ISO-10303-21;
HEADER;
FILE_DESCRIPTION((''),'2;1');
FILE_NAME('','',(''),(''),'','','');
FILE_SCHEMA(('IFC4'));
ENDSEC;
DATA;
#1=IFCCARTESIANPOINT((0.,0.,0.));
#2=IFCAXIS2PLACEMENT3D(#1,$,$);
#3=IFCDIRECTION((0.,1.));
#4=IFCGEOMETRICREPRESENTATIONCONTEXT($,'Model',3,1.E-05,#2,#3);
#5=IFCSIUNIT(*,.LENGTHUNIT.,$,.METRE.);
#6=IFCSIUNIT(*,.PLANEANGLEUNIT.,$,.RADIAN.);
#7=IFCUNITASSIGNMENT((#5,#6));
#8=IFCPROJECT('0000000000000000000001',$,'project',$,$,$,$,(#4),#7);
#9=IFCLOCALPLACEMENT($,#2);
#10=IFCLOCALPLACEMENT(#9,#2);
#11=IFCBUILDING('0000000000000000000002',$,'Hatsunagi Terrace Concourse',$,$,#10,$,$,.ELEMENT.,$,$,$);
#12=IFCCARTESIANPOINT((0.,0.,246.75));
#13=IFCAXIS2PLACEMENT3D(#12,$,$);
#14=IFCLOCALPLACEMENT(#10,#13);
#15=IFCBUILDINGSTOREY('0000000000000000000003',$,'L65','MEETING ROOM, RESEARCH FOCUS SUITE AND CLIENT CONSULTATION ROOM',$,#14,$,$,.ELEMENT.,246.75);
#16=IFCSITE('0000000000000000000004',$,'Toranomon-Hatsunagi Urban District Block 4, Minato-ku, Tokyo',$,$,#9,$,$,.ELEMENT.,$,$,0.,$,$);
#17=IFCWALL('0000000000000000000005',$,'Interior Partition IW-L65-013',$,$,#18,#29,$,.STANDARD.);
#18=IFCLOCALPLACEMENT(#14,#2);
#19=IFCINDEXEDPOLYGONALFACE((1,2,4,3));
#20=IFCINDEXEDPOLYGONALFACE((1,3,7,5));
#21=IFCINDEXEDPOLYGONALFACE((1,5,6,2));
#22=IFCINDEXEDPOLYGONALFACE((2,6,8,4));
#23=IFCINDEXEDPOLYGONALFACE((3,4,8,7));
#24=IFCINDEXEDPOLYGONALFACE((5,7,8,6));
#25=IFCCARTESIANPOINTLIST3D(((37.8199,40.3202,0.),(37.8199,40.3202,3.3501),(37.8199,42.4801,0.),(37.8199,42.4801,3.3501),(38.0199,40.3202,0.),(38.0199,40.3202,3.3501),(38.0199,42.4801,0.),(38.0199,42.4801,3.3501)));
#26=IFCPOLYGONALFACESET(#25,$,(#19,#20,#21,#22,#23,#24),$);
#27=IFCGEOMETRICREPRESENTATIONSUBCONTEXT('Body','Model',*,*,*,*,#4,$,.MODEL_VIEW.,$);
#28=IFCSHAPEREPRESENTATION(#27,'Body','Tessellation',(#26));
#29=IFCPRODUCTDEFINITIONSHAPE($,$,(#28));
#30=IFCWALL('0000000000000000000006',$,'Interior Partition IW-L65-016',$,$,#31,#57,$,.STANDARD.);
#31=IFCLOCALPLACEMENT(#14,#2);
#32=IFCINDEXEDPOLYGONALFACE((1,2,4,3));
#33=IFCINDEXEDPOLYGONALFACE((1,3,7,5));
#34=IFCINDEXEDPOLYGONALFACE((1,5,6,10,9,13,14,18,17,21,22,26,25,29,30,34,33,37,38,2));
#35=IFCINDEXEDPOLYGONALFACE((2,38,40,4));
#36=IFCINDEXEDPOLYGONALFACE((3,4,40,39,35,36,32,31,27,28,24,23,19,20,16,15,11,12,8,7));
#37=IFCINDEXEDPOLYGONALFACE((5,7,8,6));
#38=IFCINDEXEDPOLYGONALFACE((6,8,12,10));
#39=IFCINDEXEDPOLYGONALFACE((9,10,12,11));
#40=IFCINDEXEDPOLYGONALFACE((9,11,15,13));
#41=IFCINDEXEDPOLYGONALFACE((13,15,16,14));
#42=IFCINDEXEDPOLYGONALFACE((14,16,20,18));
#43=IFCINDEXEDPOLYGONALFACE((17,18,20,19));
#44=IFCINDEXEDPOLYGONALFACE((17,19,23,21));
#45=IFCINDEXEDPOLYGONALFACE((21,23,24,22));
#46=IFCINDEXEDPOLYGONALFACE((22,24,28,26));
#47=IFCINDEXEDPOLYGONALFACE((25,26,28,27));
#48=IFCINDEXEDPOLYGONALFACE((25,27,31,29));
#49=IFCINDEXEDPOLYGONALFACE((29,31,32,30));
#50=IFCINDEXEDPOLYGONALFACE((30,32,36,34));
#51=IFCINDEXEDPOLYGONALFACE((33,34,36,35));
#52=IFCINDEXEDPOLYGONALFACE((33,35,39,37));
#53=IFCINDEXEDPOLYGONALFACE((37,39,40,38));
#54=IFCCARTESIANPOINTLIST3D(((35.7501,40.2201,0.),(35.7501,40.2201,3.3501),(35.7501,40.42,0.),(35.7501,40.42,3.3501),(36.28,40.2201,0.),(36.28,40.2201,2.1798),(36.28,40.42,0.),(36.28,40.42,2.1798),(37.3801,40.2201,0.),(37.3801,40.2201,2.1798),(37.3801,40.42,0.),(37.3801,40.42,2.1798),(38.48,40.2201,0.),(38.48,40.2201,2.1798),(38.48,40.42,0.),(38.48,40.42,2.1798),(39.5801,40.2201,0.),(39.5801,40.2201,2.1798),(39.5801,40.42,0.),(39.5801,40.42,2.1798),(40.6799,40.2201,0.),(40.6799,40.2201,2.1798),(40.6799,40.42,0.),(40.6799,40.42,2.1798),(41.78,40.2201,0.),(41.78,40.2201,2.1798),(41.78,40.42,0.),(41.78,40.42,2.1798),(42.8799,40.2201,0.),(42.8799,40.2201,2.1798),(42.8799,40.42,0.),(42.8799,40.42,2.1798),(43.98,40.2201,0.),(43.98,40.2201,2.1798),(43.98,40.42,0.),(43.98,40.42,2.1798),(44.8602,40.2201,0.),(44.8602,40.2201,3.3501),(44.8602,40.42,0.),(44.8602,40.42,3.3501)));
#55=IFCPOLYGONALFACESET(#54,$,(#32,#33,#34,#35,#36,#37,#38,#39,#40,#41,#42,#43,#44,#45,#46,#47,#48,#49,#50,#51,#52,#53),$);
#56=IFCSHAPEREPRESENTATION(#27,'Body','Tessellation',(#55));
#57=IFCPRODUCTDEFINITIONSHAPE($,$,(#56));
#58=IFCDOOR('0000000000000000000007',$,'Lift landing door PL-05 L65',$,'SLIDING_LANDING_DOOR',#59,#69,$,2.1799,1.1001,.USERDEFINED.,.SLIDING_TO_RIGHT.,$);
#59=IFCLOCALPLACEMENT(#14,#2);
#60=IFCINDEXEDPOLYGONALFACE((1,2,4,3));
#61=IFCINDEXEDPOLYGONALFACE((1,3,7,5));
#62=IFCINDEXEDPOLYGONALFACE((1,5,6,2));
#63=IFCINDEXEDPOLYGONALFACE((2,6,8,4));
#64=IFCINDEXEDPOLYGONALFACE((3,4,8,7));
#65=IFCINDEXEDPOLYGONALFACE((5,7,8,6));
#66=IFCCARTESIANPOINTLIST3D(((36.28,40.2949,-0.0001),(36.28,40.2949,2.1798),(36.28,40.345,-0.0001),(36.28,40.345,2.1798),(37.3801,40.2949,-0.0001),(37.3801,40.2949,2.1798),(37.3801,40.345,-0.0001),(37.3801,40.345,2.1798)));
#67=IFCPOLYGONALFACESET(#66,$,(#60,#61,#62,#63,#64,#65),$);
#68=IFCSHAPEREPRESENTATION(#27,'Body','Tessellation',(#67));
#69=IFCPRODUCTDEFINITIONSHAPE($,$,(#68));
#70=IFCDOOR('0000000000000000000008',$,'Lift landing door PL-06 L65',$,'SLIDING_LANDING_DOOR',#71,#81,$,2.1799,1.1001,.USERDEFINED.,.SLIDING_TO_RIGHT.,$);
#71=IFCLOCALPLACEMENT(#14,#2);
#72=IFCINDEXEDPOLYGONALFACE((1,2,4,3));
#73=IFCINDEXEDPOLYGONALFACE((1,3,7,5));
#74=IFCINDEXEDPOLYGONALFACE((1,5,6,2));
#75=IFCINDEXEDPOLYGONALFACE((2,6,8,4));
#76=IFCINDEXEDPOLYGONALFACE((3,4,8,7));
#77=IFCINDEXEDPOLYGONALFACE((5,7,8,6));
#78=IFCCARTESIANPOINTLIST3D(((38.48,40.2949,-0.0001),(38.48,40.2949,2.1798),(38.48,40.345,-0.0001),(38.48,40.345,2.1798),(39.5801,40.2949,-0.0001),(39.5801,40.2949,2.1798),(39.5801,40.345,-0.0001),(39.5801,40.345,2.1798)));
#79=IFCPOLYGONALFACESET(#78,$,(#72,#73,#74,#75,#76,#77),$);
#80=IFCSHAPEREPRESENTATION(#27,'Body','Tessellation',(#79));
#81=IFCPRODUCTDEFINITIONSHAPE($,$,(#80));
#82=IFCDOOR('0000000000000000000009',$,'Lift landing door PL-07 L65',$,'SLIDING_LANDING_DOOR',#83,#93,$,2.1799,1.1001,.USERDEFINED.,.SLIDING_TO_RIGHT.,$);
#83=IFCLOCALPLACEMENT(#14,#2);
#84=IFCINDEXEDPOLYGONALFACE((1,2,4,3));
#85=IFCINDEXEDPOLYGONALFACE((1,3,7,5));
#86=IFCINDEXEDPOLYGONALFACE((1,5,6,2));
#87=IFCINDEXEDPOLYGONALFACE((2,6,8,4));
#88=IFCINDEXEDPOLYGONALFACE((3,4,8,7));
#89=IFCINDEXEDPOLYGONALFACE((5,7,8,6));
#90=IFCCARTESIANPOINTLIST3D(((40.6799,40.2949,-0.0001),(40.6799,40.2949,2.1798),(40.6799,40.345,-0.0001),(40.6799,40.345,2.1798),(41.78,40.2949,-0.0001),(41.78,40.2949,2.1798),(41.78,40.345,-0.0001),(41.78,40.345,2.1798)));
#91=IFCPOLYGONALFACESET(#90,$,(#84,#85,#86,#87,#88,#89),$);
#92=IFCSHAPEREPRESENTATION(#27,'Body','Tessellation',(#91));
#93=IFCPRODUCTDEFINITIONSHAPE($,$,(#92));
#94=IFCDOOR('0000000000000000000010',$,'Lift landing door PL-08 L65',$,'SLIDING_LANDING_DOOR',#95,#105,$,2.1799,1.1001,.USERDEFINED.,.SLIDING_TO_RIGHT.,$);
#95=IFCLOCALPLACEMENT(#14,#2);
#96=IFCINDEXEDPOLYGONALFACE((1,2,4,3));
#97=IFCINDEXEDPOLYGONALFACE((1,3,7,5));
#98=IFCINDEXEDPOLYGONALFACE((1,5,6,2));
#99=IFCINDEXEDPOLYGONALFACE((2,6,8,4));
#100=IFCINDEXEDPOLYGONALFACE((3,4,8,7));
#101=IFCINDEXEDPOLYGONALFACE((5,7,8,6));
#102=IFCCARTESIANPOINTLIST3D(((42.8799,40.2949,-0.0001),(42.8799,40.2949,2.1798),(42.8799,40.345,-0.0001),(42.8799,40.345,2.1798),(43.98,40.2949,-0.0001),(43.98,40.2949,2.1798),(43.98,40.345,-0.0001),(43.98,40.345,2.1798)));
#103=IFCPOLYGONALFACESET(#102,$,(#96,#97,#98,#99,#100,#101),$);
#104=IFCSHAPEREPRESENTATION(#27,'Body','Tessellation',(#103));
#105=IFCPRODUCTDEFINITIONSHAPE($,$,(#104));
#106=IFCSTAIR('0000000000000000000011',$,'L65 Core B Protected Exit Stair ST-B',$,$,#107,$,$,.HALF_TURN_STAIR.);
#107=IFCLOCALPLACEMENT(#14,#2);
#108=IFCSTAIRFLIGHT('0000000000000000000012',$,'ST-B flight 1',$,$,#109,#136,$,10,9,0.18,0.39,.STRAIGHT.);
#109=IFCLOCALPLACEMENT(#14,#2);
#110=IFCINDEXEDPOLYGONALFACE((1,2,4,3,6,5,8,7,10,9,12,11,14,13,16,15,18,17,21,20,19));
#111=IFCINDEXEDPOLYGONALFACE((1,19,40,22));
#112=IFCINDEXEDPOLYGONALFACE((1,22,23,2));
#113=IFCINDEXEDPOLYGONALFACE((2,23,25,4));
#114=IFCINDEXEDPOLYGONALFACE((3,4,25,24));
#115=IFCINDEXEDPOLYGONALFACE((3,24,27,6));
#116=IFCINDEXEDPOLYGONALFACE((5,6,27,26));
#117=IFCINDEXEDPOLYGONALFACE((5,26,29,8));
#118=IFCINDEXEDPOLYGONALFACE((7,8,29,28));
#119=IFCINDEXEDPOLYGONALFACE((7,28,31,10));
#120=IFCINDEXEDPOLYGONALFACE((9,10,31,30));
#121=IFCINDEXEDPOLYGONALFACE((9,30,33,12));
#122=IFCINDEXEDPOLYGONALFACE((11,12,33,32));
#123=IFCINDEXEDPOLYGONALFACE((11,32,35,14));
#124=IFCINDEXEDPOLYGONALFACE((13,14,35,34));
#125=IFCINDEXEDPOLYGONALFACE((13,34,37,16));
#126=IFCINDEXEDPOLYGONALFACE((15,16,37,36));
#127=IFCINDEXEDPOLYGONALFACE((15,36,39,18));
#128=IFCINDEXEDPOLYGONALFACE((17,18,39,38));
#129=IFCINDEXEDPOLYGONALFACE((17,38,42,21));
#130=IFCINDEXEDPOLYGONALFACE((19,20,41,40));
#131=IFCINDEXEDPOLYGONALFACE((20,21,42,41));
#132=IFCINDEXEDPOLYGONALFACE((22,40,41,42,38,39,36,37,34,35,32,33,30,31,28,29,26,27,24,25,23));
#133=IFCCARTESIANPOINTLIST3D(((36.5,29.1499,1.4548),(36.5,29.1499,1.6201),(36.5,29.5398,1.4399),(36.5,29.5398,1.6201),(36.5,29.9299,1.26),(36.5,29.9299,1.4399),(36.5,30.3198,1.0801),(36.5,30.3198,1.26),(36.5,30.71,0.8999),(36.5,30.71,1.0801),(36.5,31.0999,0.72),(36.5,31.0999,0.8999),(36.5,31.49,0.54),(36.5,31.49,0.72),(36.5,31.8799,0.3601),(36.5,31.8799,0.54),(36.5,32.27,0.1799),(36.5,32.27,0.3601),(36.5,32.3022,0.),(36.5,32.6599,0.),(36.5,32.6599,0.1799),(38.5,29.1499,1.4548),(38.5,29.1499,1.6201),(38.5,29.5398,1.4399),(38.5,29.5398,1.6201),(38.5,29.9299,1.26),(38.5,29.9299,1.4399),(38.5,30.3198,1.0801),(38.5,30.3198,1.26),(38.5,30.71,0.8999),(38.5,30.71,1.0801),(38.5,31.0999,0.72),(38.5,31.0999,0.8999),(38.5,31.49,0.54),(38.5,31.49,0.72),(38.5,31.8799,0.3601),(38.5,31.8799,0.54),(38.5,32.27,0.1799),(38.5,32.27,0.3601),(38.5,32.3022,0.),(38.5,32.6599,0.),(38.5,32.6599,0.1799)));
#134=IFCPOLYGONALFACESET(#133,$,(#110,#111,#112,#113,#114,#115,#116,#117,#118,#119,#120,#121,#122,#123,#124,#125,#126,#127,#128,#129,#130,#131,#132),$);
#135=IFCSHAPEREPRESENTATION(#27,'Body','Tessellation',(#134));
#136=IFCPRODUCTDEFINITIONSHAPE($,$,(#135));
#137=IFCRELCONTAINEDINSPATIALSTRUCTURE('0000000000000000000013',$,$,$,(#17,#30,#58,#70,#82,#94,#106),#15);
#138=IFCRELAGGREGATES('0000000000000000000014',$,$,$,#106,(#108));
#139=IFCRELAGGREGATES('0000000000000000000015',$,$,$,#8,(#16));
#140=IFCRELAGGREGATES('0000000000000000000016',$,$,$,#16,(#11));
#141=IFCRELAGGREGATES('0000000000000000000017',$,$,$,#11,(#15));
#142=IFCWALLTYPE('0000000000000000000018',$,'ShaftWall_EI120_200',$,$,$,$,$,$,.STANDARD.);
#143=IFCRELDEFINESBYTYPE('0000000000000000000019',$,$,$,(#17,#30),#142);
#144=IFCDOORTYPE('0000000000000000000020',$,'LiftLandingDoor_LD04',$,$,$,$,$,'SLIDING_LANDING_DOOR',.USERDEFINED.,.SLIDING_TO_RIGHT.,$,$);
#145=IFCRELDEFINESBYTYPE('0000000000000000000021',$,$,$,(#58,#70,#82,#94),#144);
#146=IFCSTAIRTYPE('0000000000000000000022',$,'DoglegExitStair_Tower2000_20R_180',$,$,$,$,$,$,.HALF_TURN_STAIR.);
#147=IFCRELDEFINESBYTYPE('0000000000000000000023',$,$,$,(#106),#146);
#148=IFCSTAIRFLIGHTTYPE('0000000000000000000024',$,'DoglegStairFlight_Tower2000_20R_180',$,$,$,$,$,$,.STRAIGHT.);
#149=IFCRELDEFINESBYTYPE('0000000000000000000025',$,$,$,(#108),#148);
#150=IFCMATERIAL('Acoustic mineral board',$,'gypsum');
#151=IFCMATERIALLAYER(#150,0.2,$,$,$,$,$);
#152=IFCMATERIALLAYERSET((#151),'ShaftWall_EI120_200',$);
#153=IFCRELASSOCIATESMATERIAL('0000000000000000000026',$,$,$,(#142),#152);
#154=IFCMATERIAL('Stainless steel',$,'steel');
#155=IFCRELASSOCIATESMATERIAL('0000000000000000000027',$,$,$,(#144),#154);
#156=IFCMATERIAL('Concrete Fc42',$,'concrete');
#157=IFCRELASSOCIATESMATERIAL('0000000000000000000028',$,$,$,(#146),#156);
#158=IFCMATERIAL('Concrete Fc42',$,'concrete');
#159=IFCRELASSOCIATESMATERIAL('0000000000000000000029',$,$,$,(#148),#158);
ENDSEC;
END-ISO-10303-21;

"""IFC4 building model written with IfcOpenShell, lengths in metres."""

from ifc_helpers import new_model, si_unit, direction, frame, frame_2d, origin, place, context, subcontext, project, spatial, polyline, rectangle, outline, extrude, material, layer, layer_set, type_object, element, fill, aggregate, save


model = new_model("IFC4")

# Units and contexts
model_context = context("Model", 3, precision=1e-05, world=origin(), true_north=direction((0.0, 1.0)))
body_context = subcontext(model_context, "Body", "Model", "MODEL_VIEW")
ifc_project = project(units=[si_unit("LENGTHUNIT", "METRE"), si_unit("PLANEANGLEUNIT", "RADIAN")], contexts=[model_context])

# Site, building, storey
site_placement = place(None, origin())
site = spatial("IfcSite", under=ifc_project, at=site_placement, Name="Toranomon-Hatsunagi Urban District Block 4, Minato-ku, Tokyo", CompositionType="ELEMENT", RefElevation=0.0)
building_placement = place(site_placement, origin())
building = spatial("IfcBuilding", under=site, at=building_placement, Name="Hatsunagi Terrace Concourse", CompositionType="ELEMENT")
storey_placement = place(building_placement, frame((0.0, 0.0, 246.75)))
storey = spatial("IfcBuildingStorey", under=building, at=storey_placement, Name="L65", Description="MEETING ROOM, RESEARCH FOCUS SUITE AND CLIENT CONSULTATION ROOM", CompositionType="ELEMENT", Elevation=246.75)

# Shared definitions
ifc_material_1 = material(Name="Acoustic mineral board", Category="gypsum")
ifc_layer_1 = layer(ifc_material_1, 0.2)
ifc_layer_set_1 = layer_set([ifc_layer_1], Name="ShaftWall_EI120_200")
wall_type_1 = type_object("IfcWallType", Name="ShaftWall_EI120_200", PredefinedType="STANDARD", material=ifc_layer_set_1)

# Wall
for number, where, z_axis, x_axis, name in (
    (1, (37.9199, 40.3201, 0.0), (0.0, 0.0, 1.0), (0.0, 1.0, 0.0), "Interior Partition IW-L65-013"),
):
    element("IfcWall", number, at=place(storey_placement, frame(where, z_axis=z_axis, x_axis=x_axis)), inside=storey, type_object=wall_type_1, Name=name, PredefinedType="STANDARD", context=body_context, shape_type="SweptSolid", body=[
        extrude(rectangle(XDim=2.1599, YDim=0.2, at=frame_2d((1.0801, 0.0))), origin(), (0.0, 0.0, 1.0), 3.3501),
    ])

# Wall, openings, doors
wall_1_placement = place(storey_placement, frame((35.75, 40.3201, 0.0), z_axis=(0.0, 0.0, 1.0), x_axis=(1.0, 0.0, 0.0)))
wall_1 = element("IfcWall", 2, at=wall_1_placement, inside=storey, type_object=wall_type_1, Name="Interior Partition IW-L65-016", PredefinedType="STANDARD", context=body_context, shape_type="SweptSolid", body=[
    extrude(rectangle(XDim=9.1101, YDim=0.2, at=frame_2d((4.5552, 0.0))), origin(), (0.0, 0.0, 1.0), 3.3501),
])
opening_1_placement = place(wall_1_placement, frame((0.53, 0.0, 0.0)))
opening_1 = element("IfcOpeningElement", 3, at=opening_1_placement, cuts=wall_1, PredefinedType="OPENING", context=body_context, shape_type="SweptSolid", body=[
    extrude(rectangle(XDim=1.1001, YDim=2.1799, at=frame_2d((0.55, 1.0898))), frame((0.0, 0.1099, 0.0), z_axis=(0.0, -1.0, 0.0), x_axis=(1.0, 0.0, 0.0)), (0.0, 0.0, 1.0), 0.22),
])
opening_2_placement = place(wall_1_placement, frame((2.73, 0.0, 0.0)))
opening_2 = element("IfcOpeningElement", 4, at=opening_2_placement, cuts=wall_1, PredefinedType="OPENING", context=body_context, shape_type="SweptSolid", body=[
    extrude(rectangle(XDim=1.1001, YDim=2.1799, at=frame_2d((0.55, 1.0898))), frame((0.0, 0.1099, 0.0), z_axis=(0.0, -1.0, 0.0), x_axis=(1.0, 0.0, 0.0)), (0.0, 0.0, 1.0), 0.22),
])
opening_3_placement = place(wall_1_placement, frame((4.9299, 0.0, 0.0)))
opening_3 = element("IfcOpeningElement", 5, at=opening_3_placement, cuts=wall_1, PredefinedType="OPENING", context=body_context, shape_type="SweptSolid", body=[
    extrude(rectangle(XDim=1.1001, YDim=2.1799, at=frame_2d((0.55, 1.0898))), frame((0.0, 0.1099, 0.0), z_axis=(0.0, -1.0, 0.0), x_axis=(1.0, 0.0, 0.0)), (0.0, 0.0, 1.0), 0.22),
])
opening_4_placement = place(wall_1_placement, frame((7.1299, 0.0, 0.0)))
opening_4 = element("IfcOpeningElement", 6, at=opening_4_placement, cuts=wall_1, PredefinedType="OPENING", context=body_context, shape_type="SweptSolid", body=[
    extrude(rectangle(XDim=1.1001, YDim=2.1799, at=frame_2d((0.55, 1.0898))), frame((0.0, 0.1099, 0.0), z_axis=(0.0, -1.0, 0.0), x_axis=(1.0, 0.0, 0.0)), (0.0, 0.0, 1.0), 0.22),
])
ifc_material_2 = material(Name="Stainless steel", Category="steel")
door_type_1 = type_object("IfcDoorType", Name="LiftLandingDoor_LD04", ElementType="SLIDING_LANDING_DOOR", OperationType="SLIDING_TO_RIGHT", PredefinedType="USERDEFINED", material=ifc_material_2)
door_1_placement = place(opening_1_placement, origin())
door_1 = element("IfcDoor", 7, at=door_1_placement, inside=storey, type_object=door_type_1, Name="Lift landing door PL-05 L65", ObjectType="SLIDING_LANDING_DOOR", OperationType="SLIDING_TO_RIGHT", OverallHeight=2.1799, OverallWidth=1.1001, PredefinedType="USERDEFINED", context=body_context, shape_type="SweptSolid", body=[
    extrude(rectangle(XDim=1.1001, YDim=2.1799, at=frame_2d((0.55, 1.0898))), frame((0.0, 0.0249, 0.0), z_axis=(0.0, -1.0, 0.0), x_axis=(1.0, 0.0, 0.0)), (0.0, 0.0, 1.0), 0.05),
])
fill(opening_1, door_1)
door_2_placement = place(opening_2_placement, origin())
door_2 = element("IfcDoor", 8, at=door_2_placement, inside=storey, type_object=door_type_1, Name="Lift landing door PL-06 L65", ObjectType="SLIDING_LANDING_DOOR", OperationType="SLIDING_TO_RIGHT", OverallHeight=2.1799, OverallWidth=1.1001, PredefinedType="USERDEFINED", context=body_context, shape_type="SweptSolid", body=[
    extrude(rectangle(XDim=1.1001, YDim=2.1799, at=frame_2d((0.55, 1.0898))), frame((0.0, 0.0249, 0.0), z_axis=(0.0, -1.0, 0.0), x_axis=(1.0, 0.0, 0.0)), (0.0, 0.0, 1.0), 0.05),
])
fill(opening_2, door_2)
door_3_placement = place(opening_3_placement, origin())
door_3 = element("IfcDoor", 9, at=door_3_placement, inside=storey, type_object=door_type_1, Name="Lift landing door PL-07 L65", ObjectType="SLIDING_LANDING_DOOR", OperationType="SLIDING_TO_RIGHT", OverallHeight=2.1799, OverallWidth=1.1001, PredefinedType="USERDEFINED", context=body_context, shape_type="SweptSolid", body=[
    extrude(rectangle(XDim=1.1001, YDim=2.1799, at=frame_2d((0.55, 1.0898))), frame((0.0, 0.0249, 0.0), z_axis=(0.0, -1.0, 0.0), x_axis=(1.0, 0.0, 0.0)), (0.0, 0.0, 1.0), 0.05),
])
fill(opening_3, door_3)
door_4_placement = place(opening_4_placement, origin())
door_4 = element("IfcDoor", 10, at=door_4_placement, inside=storey, type_object=door_type_1, Name="Lift landing door PL-08 L65", ObjectType="SLIDING_LANDING_DOOR", OperationType="SLIDING_TO_RIGHT", OverallHeight=2.1799, OverallWidth=1.1001, PredefinedType="USERDEFINED", context=body_context, shape_type="SweptSolid", body=[
    extrude(rectangle(XDim=1.1001, YDim=2.1799, at=frame_2d((0.55, 1.0898))), frame((0.0, 0.0249, 0.0), z_axis=(0.0, -1.0, 0.0), x_axis=(1.0, 0.0, 0.0)), (0.0, 0.0, 1.0), 0.05),
])
fill(opening_4, door_4)

# Stair, stair flight
ifc_material_3 = material(Name="Concrete Fc42", Category="concrete")
stair_type = type_object("IfcStairType", Name="DoglegExitStair_Tower2000_20R_180", PredefinedType="HALF_TURN_STAIR", material=ifc_material_3)
stair_placement = place(storey_placement, origin())
stair = element("IfcStair", 11, at=stair_placement, inside=storey, type_object=stair_type, Name="L65 Core B Protected Exit Stair ST-B", PredefinedType="HALF_TURN_STAIR")
ifc_material_4 = material(Name="Concrete Fc42", Category="concrete")
stair_flight_type = type_object("IfcStairFlightType", Name="DoglegStairFlight_Tower2000_20R_180", PredefinedType="STRAIGHT", material=ifc_material_4)
stair_flight_placement = place(storey_placement, frame((37.5, 32.6599, 0.0), z_axis=(0.0, 0.0, 1.0), x_axis=(0.0, -1.0, 0.0)))
stair_flight = element("IfcStairFlight", 12, at=stair_flight_placement, type_object=stair_flight_type, Name="ST-B flight 1", NumberOfRisers=10, NumberOfTreads=9, PredefinedType="STRAIGHT", RiserHeight=0.18, TreadLength=0.39, context=body_context, shape_type="SweptSolid", body=[
    extrude(outline(polyline([(0.0, 0.0), (0.0, 0.1799), (0.3899, 0.1799), (0.3899, 0.3601), (0.78, 0.3601), (0.78, 0.54), (1.1699, 0.54), (1.1699, 0.72), (1.5601, 0.72), (1.5601, 0.8999), (1.95, 0.8999), (1.95, 1.0801), (2.3401, 1.0801), (2.3401, 1.26), (2.73, 1.26), (2.73, 1.4399), (3.1201, 1.4399), (3.1201, 1.6201), (3.51, 1.6201), (3.51, 1.8), (3.51, 1.4548), (0.3577, 0.0), (0.0, 0.0)])), frame((0.0, 1.0, 0.0), z_axis=(0.0, -1.0, 0.0), x_axis=(1.0, 0.0, 0.0)), (0.0, 0.0, 1.0), 2.0),
])
aggregate(stair, [stair_flight])

save(model, "model.ifc")
